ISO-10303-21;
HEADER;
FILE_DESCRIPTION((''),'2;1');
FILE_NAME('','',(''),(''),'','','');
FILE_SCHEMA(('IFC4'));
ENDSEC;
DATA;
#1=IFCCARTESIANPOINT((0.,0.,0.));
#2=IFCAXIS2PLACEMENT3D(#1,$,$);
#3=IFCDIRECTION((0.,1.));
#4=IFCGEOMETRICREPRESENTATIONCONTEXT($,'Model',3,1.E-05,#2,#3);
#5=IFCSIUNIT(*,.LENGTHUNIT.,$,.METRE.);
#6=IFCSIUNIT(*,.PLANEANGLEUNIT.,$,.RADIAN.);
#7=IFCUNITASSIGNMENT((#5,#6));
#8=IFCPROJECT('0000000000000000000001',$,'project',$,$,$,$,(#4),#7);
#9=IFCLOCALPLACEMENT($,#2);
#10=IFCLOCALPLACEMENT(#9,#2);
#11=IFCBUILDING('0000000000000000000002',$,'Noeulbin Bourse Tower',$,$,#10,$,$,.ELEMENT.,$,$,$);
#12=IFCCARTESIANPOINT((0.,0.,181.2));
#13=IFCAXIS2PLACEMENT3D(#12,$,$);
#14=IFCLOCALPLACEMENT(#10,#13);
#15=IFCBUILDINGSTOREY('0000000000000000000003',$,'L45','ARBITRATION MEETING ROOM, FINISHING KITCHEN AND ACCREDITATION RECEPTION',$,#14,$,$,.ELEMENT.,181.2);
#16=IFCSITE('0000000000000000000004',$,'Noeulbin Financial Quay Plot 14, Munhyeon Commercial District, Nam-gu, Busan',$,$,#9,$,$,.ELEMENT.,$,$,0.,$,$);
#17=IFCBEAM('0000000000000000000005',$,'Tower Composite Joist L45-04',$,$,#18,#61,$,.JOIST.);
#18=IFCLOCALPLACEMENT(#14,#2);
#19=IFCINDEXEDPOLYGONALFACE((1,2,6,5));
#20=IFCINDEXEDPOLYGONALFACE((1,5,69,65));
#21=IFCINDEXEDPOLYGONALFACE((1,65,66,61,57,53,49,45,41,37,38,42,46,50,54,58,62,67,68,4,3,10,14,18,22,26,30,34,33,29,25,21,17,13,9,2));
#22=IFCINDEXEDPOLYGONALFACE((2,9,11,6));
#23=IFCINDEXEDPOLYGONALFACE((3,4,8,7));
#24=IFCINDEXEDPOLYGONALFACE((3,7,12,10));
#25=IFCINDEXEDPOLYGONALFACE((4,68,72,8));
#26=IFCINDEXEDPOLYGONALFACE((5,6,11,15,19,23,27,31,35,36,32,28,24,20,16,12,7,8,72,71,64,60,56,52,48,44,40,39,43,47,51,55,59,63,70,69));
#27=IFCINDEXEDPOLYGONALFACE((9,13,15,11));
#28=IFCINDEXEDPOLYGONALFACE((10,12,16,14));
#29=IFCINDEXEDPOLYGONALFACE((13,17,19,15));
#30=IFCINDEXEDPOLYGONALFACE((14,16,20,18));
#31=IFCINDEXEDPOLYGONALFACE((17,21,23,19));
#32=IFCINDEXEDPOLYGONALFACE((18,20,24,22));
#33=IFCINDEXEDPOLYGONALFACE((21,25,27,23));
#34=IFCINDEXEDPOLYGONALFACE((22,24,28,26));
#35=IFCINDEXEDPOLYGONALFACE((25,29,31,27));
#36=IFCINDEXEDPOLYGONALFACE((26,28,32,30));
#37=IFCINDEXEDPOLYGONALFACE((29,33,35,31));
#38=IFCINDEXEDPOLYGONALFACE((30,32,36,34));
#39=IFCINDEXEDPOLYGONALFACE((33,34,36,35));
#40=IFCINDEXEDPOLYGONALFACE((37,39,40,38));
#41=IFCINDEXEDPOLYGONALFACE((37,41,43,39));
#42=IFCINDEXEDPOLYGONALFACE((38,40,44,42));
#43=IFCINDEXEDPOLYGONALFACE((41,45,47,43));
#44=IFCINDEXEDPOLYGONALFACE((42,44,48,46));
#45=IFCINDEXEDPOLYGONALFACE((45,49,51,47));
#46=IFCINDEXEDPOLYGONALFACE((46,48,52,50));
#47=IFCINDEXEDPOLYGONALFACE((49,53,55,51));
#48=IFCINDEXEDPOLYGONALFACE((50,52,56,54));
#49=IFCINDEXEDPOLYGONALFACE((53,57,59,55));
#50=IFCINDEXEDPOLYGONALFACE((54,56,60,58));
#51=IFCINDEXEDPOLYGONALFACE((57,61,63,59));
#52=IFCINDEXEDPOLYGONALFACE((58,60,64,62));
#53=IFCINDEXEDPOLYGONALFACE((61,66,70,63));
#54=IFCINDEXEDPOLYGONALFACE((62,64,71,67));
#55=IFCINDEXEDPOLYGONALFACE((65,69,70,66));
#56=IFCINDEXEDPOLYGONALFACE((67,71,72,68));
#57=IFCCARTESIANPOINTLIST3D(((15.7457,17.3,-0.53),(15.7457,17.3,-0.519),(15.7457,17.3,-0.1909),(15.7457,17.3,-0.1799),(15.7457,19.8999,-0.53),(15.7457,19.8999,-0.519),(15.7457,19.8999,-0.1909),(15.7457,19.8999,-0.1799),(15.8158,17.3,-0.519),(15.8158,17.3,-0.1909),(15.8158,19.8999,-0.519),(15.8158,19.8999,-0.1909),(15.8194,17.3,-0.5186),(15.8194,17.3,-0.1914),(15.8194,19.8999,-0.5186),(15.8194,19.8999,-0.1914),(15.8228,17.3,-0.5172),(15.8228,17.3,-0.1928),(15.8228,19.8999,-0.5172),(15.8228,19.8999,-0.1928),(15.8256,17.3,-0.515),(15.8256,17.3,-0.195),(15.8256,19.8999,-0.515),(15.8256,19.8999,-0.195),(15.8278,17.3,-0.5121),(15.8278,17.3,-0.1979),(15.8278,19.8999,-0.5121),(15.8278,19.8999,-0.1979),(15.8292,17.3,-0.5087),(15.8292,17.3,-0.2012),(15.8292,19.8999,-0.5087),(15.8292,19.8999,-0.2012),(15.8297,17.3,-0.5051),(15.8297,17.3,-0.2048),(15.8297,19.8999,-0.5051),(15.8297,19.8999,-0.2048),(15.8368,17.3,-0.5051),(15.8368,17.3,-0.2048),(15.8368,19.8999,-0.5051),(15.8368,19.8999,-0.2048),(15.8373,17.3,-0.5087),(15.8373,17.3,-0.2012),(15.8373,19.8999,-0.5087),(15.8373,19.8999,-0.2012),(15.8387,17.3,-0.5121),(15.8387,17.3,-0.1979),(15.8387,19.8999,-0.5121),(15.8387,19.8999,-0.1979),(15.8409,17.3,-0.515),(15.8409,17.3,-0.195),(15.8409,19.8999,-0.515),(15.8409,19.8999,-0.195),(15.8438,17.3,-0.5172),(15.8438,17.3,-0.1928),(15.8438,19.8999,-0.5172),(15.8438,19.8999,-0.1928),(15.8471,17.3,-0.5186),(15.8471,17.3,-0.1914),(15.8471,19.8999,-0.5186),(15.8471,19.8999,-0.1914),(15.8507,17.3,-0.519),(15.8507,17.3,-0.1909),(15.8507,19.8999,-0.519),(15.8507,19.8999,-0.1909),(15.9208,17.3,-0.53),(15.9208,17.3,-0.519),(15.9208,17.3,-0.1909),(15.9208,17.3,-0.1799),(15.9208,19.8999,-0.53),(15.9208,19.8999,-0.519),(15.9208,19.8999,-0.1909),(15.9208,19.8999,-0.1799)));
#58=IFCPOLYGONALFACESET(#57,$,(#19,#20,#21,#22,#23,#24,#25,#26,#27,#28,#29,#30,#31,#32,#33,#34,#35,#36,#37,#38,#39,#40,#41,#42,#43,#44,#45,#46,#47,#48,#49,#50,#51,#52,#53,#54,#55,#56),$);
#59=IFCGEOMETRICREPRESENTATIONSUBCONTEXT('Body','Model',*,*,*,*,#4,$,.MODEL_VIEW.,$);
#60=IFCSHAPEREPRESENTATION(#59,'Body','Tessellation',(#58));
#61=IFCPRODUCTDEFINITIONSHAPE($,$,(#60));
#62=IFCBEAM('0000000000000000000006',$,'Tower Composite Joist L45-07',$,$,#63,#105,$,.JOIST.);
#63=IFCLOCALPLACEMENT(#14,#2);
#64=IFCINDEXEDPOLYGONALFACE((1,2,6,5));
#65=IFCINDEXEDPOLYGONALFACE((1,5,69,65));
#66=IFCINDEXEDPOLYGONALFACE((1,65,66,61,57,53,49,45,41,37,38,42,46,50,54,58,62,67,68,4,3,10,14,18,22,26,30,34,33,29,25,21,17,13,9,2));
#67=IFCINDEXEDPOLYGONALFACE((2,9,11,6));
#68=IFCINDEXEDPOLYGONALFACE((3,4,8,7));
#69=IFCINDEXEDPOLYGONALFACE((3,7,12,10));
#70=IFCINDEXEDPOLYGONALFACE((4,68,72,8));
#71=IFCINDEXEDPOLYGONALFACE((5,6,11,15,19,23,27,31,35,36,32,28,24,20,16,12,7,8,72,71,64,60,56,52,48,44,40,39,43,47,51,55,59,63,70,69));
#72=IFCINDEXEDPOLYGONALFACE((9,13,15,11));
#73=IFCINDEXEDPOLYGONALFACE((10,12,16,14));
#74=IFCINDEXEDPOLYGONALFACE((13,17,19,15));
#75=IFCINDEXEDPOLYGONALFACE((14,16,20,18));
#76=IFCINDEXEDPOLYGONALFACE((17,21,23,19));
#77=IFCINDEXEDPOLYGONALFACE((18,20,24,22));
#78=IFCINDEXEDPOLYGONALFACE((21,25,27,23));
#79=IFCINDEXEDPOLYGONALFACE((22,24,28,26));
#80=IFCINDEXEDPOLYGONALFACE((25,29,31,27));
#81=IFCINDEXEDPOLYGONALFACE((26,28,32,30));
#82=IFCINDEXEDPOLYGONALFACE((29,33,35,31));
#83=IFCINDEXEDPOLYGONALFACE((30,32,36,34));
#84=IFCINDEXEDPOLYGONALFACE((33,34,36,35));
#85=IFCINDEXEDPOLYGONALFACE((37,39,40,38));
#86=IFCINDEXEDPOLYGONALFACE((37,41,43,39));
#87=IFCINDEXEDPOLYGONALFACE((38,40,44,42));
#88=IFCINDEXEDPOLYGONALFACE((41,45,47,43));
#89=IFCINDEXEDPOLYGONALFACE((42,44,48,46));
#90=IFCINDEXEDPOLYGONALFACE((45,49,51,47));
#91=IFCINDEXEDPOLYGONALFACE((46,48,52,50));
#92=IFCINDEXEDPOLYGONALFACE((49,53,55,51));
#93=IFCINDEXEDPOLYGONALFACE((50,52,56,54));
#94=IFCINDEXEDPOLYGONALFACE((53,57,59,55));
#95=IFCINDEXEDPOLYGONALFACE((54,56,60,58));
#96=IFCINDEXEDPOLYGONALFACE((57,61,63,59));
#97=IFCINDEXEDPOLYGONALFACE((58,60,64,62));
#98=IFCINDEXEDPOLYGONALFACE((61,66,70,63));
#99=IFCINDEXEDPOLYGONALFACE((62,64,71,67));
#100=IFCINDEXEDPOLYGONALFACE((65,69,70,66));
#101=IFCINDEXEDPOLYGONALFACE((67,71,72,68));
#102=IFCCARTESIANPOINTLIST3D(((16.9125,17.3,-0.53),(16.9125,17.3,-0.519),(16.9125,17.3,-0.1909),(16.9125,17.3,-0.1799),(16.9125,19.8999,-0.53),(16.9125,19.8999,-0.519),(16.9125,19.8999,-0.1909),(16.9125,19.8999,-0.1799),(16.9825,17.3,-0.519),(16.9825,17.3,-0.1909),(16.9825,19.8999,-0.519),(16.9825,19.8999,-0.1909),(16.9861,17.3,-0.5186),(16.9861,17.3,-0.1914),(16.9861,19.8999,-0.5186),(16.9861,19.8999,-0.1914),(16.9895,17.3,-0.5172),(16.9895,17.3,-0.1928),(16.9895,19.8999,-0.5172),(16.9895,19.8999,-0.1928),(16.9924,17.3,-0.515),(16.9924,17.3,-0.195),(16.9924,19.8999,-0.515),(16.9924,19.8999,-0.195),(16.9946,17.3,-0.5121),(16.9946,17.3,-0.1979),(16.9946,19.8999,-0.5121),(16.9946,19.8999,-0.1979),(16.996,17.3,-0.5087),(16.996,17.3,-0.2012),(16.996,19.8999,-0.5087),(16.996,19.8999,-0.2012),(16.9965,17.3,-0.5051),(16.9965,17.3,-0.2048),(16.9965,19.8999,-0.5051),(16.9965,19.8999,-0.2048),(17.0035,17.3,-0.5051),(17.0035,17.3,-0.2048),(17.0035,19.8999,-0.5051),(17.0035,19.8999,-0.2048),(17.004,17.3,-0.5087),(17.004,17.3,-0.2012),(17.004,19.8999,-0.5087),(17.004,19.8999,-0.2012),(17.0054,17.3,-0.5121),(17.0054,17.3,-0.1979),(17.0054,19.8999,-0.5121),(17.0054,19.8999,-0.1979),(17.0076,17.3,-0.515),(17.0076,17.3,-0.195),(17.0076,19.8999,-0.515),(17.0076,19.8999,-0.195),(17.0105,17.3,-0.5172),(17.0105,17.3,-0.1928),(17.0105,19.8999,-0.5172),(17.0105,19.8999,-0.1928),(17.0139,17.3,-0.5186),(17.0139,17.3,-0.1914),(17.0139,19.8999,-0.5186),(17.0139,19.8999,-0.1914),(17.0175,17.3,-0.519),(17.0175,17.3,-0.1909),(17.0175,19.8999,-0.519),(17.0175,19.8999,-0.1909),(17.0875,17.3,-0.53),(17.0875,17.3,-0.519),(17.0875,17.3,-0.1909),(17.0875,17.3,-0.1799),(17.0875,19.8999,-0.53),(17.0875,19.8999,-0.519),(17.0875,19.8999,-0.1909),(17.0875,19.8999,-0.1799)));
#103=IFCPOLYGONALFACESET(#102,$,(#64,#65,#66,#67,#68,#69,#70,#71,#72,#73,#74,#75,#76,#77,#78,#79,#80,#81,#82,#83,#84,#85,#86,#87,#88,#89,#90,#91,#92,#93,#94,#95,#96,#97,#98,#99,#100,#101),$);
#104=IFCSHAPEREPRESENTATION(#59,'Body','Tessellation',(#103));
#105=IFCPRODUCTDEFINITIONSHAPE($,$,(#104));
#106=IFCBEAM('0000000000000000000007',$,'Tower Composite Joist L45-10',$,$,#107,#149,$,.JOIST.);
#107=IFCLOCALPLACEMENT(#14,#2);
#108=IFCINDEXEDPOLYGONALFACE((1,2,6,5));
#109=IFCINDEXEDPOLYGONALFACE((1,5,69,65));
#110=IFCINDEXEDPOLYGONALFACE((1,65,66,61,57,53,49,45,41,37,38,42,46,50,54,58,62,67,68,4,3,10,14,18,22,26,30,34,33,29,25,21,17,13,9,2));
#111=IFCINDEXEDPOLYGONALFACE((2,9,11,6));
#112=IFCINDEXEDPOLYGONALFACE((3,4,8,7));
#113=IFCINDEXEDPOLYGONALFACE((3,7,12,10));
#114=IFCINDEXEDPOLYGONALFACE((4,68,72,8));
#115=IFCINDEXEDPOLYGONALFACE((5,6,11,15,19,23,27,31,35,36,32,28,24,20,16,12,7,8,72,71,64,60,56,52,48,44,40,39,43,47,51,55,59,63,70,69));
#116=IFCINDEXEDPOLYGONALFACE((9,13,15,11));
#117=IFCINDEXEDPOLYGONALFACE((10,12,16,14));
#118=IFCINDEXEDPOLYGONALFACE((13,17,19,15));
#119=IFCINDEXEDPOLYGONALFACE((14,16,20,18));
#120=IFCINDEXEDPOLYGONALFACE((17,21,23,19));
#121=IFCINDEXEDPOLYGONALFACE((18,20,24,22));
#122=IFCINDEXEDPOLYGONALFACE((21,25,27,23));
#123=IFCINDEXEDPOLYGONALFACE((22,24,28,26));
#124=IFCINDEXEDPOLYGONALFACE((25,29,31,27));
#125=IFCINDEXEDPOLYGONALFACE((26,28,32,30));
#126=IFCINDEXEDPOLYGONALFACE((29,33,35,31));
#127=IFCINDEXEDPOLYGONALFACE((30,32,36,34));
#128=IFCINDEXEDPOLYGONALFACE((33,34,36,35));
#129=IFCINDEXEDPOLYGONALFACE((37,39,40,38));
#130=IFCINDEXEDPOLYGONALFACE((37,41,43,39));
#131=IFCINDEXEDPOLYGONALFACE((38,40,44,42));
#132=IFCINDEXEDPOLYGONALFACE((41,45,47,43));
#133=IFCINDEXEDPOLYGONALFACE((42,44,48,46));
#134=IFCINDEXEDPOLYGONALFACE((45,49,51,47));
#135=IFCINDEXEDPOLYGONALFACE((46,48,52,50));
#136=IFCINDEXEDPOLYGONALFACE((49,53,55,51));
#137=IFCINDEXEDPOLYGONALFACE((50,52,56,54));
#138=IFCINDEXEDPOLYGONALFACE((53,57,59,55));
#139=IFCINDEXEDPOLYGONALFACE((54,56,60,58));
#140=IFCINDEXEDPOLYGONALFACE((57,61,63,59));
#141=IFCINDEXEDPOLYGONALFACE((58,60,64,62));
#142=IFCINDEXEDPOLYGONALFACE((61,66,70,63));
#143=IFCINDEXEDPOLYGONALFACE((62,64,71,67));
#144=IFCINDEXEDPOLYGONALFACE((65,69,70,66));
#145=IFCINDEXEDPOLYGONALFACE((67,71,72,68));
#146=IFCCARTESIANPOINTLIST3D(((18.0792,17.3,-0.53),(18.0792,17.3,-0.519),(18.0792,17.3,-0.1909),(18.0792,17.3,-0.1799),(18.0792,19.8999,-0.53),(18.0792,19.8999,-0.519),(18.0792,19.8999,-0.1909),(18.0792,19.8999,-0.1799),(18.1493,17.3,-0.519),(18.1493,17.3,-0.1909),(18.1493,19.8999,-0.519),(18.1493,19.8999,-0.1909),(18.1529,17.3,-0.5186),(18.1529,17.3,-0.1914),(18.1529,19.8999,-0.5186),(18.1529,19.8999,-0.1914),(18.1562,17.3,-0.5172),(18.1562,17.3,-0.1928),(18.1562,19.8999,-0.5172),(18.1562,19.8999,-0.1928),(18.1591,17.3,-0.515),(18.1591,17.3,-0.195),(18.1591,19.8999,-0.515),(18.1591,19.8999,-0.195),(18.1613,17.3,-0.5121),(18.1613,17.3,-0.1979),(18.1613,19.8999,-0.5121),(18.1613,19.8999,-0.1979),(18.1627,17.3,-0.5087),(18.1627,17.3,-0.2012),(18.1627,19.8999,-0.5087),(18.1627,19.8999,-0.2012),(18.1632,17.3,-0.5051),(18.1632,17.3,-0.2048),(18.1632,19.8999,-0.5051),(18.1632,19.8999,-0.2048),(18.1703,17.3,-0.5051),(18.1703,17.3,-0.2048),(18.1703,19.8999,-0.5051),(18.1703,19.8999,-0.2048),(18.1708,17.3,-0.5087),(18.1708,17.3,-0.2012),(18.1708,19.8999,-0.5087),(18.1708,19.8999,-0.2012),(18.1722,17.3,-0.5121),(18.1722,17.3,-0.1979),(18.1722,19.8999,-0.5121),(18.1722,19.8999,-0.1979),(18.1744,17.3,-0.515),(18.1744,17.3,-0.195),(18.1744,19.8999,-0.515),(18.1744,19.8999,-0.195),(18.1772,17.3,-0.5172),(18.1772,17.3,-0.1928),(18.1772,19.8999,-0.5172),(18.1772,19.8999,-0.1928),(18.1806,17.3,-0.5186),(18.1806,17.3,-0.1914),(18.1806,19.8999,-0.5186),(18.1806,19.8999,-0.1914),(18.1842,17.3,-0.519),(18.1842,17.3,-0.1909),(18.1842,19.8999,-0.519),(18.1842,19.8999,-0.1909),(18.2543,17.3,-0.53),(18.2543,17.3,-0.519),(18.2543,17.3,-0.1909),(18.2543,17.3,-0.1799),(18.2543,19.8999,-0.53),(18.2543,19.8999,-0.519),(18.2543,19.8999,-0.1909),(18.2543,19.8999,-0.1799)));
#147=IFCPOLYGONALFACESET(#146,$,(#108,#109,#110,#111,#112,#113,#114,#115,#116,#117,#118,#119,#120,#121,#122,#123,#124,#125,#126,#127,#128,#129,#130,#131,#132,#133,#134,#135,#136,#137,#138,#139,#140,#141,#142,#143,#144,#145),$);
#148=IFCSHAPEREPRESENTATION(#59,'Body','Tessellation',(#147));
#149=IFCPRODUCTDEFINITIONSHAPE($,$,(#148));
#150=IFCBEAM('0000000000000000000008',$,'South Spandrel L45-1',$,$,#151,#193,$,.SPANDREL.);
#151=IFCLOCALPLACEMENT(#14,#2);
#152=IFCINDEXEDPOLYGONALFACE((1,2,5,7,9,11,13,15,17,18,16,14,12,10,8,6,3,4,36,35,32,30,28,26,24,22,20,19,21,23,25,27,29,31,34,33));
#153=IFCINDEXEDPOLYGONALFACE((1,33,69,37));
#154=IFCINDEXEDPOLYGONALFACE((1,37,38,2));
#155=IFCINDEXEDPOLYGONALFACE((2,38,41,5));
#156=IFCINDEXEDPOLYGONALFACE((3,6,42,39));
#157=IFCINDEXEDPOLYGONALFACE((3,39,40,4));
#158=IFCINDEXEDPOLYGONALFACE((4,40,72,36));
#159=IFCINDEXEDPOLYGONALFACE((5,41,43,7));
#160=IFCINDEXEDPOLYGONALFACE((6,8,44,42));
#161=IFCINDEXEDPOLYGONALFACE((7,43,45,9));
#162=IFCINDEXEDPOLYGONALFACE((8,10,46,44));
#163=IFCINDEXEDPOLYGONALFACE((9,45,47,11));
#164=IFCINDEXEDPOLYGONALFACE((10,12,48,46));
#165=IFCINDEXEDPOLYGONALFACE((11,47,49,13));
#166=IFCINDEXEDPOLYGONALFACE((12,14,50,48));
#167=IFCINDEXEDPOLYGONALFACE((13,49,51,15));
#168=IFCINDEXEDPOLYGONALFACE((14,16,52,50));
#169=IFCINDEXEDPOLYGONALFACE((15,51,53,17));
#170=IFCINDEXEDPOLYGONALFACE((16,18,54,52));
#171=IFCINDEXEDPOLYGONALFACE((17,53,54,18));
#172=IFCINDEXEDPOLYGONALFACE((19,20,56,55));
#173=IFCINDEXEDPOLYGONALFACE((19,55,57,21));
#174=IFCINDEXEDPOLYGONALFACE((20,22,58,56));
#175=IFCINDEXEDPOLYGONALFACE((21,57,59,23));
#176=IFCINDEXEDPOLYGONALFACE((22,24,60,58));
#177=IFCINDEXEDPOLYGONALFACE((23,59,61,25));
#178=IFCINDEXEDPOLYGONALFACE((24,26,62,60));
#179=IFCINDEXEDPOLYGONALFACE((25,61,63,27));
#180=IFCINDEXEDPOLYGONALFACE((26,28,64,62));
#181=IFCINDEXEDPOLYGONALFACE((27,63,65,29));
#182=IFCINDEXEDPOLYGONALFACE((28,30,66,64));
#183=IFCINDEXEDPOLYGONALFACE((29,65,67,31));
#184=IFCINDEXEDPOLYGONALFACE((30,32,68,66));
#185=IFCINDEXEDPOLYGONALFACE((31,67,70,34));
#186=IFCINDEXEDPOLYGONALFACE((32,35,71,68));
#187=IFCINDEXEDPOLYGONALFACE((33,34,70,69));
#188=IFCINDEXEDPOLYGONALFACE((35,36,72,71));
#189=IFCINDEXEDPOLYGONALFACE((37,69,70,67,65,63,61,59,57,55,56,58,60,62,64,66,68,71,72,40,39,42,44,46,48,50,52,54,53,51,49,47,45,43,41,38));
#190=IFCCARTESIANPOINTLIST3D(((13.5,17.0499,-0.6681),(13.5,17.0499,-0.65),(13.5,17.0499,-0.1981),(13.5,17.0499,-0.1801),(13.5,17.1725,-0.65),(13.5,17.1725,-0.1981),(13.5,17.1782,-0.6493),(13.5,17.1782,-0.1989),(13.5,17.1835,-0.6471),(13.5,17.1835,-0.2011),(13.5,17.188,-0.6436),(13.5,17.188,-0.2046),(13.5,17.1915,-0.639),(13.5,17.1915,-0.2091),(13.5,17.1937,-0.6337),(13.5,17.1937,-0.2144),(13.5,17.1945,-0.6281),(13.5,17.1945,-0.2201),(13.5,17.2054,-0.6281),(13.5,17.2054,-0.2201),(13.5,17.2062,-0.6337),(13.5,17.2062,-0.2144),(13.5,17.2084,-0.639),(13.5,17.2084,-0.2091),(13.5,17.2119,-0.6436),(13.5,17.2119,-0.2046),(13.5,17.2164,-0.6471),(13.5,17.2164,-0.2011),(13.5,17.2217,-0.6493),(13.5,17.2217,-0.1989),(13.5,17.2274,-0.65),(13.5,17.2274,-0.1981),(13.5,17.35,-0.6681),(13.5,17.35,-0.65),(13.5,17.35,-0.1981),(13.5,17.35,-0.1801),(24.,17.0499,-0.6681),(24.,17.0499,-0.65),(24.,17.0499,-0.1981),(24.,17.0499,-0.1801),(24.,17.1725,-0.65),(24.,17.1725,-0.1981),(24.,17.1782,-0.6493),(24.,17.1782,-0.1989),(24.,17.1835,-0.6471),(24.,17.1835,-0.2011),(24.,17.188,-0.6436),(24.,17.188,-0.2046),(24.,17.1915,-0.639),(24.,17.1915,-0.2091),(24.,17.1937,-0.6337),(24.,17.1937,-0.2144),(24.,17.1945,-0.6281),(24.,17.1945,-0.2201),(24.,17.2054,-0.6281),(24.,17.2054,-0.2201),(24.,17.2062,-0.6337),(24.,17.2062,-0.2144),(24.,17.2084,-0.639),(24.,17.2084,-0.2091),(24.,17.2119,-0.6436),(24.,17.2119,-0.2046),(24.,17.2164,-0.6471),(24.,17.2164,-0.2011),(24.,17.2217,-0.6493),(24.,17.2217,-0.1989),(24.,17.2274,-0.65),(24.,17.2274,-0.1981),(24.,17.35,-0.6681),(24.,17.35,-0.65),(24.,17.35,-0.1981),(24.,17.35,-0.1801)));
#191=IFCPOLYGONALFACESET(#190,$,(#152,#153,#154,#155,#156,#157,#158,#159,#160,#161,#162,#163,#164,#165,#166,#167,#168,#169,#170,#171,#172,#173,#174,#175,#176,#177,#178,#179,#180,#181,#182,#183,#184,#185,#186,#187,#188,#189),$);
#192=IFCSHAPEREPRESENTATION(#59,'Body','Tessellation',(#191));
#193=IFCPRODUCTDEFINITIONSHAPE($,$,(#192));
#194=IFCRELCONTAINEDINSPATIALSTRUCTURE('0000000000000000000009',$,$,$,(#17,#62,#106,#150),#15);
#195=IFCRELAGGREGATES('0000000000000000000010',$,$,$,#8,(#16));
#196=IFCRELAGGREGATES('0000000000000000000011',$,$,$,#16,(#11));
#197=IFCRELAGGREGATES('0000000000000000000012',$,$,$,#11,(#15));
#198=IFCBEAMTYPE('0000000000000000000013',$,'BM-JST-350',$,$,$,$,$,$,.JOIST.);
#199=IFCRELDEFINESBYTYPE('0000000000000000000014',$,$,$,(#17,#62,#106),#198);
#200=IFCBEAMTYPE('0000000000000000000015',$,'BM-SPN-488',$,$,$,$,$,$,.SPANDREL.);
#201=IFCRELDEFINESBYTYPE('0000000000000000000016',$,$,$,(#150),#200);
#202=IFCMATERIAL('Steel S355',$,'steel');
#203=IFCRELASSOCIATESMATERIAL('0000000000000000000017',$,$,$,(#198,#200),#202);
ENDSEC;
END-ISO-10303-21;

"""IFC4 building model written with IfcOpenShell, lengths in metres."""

from ifc_helpers import new_model, si_unit, direction, frame, origin, origin_2d, place, context, subcontext, project, spatial, i_section, extrude, material, material_profile, profile_set, type_object, element, save


model = new_model("IFC4")

# Units and contexts
model_context = context("Model", 3, precision=1e-05, world=origin(), true_north=direction((0.0, 1.0)))
body_context = subcontext(model_context, "Body", "Model", "MODEL_VIEW")
ifc_project = project(units=[si_unit("LENGTHUNIT", "METRE"), si_unit("PLANEANGLEUNIT", "RADIAN")], contexts=[model_context])

# Site, building, storey
site_placement = place(None, origin())
site = spatial("IfcSite", under=ifc_project, at=site_placement, Name="Noeulbin Financial Quay Plot 14, Munhyeon Commercial District, Nam-gu, Busan", CompositionType="ELEMENT", RefElevation=0.0)
building_placement = place(site_placement, origin())
building = spatial("IfcBuilding", under=site, at=building_placement, Name="Noeulbin Bourse Tower", CompositionType="ELEMENT")
storey_placement = place(building_placement, frame((0.0, 0.0, 181.2)))
storey = spatial("IfcBuildingStorey", under=building, at=storey_placement, Name="L45", Description="ARBITRATION MEETING ROOM, FINISHING KITCHEN AND ACCREDITATION RECEPTION", CompositionType="ELEMENT", Elevation=181.2)

# Shared definitions
ifc_material_1 = material(Name="Steel S355", Category="steel")

# Beams
ifc_material_profile_1 = material_profile(ifc_material_1, i_section(OverallWidth=0.175, OverallDepth=0.3501, WebThickness=0.0071, FlangeThickness=0.011, FilletRadius=0.0139, at=origin_2d()), Name="H-350x175x7x11", Category="LoadBearing")
ifc_profile_set_1 = profile_set([ifc_material_profile_1], Name="Steel S355")
beam_type_1 = type_object("IfcBeamType", Name="BM-JST-350", PredefinedType="JOIST", material=ifc_profile_set_1)
for number, where, z_axis, x_axis, name in (
    (1, (15.8333, 17.3, -0.355), (0.0, 1.0, 0.0), (-1.0, 0.0, 0.0), "Tower Composite Joist L45-04"),
    (2, (17.0, 17.3, -0.355), (0.0, 1.0, 0.0), (-1.0, 0.0, 0.0), "Tower Composite Joist L45-07"),
    (3, (18.1667, 17.3, -0.355), (0.0, 1.0, 0.0), (-1.0, 0.0, 0.0), "Tower Composite Joist L45-10"),
):
    element("IfcBeam", number, at=place(storey_placement, frame(where, z_axis=z_axis, x_axis=x_axis)), inside=storey, type_object=beam_type_1, Name=name, PredefinedType="JOIST", context=body_context, shape_type="SweptSolid", body=[
        extrude(i_section(OverallWidth=0.175, OverallDepth=0.3501, WebThickness=0.0071, FlangeThickness=0.011, FilletRadius=0.0139, at=origin_2d()), origin(), (0.0, 0.0, 1.0), 2.5999),
    ])
ifc_material_profile_2 = material_profile(ifc_material_1, i_section(OverallWidth=0.3, OverallDepth=0.488, WebThickness=0.011, FlangeThickness=0.0181, FilletRadius=0.022, at=origin_2d()), Name="H-488x300x11x18", Category="LoadBearing")
ifc_profile_set_2 = profile_set([ifc_material_profile_2], Name="Steel S355")
beam_type_2 = type_object("IfcBeamType", Name="BM-SPN-488", PredefinedType="SPANDREL", material=ifc_profile_set_2)
beam_1_placement = place(storey_placement, frame((13.5, 17.2, -0.4241), z_axis=(1.0, 0.0, 0.0), x_axis=(0.0, 1.0, 0.0)))
element("IfcBeam", 4, at=beam_1_placement, inside=storey, type_object=beam_type_2, Name="South Spandrel L45-1", PredefinedType="SPANDREL", context=body_context, shape_type="SweptSolid", body=[
    extrude(i_section(OverallWidth=0.3, OverallDepth=0.488, WebThickness=0.011, FlangeThickness=0.0181, FilletRadius=0.022, at=origin_2d()), origin(), (0.0, 0.0, 1.0), 10.5),
])

save(model, "model.ifc")
